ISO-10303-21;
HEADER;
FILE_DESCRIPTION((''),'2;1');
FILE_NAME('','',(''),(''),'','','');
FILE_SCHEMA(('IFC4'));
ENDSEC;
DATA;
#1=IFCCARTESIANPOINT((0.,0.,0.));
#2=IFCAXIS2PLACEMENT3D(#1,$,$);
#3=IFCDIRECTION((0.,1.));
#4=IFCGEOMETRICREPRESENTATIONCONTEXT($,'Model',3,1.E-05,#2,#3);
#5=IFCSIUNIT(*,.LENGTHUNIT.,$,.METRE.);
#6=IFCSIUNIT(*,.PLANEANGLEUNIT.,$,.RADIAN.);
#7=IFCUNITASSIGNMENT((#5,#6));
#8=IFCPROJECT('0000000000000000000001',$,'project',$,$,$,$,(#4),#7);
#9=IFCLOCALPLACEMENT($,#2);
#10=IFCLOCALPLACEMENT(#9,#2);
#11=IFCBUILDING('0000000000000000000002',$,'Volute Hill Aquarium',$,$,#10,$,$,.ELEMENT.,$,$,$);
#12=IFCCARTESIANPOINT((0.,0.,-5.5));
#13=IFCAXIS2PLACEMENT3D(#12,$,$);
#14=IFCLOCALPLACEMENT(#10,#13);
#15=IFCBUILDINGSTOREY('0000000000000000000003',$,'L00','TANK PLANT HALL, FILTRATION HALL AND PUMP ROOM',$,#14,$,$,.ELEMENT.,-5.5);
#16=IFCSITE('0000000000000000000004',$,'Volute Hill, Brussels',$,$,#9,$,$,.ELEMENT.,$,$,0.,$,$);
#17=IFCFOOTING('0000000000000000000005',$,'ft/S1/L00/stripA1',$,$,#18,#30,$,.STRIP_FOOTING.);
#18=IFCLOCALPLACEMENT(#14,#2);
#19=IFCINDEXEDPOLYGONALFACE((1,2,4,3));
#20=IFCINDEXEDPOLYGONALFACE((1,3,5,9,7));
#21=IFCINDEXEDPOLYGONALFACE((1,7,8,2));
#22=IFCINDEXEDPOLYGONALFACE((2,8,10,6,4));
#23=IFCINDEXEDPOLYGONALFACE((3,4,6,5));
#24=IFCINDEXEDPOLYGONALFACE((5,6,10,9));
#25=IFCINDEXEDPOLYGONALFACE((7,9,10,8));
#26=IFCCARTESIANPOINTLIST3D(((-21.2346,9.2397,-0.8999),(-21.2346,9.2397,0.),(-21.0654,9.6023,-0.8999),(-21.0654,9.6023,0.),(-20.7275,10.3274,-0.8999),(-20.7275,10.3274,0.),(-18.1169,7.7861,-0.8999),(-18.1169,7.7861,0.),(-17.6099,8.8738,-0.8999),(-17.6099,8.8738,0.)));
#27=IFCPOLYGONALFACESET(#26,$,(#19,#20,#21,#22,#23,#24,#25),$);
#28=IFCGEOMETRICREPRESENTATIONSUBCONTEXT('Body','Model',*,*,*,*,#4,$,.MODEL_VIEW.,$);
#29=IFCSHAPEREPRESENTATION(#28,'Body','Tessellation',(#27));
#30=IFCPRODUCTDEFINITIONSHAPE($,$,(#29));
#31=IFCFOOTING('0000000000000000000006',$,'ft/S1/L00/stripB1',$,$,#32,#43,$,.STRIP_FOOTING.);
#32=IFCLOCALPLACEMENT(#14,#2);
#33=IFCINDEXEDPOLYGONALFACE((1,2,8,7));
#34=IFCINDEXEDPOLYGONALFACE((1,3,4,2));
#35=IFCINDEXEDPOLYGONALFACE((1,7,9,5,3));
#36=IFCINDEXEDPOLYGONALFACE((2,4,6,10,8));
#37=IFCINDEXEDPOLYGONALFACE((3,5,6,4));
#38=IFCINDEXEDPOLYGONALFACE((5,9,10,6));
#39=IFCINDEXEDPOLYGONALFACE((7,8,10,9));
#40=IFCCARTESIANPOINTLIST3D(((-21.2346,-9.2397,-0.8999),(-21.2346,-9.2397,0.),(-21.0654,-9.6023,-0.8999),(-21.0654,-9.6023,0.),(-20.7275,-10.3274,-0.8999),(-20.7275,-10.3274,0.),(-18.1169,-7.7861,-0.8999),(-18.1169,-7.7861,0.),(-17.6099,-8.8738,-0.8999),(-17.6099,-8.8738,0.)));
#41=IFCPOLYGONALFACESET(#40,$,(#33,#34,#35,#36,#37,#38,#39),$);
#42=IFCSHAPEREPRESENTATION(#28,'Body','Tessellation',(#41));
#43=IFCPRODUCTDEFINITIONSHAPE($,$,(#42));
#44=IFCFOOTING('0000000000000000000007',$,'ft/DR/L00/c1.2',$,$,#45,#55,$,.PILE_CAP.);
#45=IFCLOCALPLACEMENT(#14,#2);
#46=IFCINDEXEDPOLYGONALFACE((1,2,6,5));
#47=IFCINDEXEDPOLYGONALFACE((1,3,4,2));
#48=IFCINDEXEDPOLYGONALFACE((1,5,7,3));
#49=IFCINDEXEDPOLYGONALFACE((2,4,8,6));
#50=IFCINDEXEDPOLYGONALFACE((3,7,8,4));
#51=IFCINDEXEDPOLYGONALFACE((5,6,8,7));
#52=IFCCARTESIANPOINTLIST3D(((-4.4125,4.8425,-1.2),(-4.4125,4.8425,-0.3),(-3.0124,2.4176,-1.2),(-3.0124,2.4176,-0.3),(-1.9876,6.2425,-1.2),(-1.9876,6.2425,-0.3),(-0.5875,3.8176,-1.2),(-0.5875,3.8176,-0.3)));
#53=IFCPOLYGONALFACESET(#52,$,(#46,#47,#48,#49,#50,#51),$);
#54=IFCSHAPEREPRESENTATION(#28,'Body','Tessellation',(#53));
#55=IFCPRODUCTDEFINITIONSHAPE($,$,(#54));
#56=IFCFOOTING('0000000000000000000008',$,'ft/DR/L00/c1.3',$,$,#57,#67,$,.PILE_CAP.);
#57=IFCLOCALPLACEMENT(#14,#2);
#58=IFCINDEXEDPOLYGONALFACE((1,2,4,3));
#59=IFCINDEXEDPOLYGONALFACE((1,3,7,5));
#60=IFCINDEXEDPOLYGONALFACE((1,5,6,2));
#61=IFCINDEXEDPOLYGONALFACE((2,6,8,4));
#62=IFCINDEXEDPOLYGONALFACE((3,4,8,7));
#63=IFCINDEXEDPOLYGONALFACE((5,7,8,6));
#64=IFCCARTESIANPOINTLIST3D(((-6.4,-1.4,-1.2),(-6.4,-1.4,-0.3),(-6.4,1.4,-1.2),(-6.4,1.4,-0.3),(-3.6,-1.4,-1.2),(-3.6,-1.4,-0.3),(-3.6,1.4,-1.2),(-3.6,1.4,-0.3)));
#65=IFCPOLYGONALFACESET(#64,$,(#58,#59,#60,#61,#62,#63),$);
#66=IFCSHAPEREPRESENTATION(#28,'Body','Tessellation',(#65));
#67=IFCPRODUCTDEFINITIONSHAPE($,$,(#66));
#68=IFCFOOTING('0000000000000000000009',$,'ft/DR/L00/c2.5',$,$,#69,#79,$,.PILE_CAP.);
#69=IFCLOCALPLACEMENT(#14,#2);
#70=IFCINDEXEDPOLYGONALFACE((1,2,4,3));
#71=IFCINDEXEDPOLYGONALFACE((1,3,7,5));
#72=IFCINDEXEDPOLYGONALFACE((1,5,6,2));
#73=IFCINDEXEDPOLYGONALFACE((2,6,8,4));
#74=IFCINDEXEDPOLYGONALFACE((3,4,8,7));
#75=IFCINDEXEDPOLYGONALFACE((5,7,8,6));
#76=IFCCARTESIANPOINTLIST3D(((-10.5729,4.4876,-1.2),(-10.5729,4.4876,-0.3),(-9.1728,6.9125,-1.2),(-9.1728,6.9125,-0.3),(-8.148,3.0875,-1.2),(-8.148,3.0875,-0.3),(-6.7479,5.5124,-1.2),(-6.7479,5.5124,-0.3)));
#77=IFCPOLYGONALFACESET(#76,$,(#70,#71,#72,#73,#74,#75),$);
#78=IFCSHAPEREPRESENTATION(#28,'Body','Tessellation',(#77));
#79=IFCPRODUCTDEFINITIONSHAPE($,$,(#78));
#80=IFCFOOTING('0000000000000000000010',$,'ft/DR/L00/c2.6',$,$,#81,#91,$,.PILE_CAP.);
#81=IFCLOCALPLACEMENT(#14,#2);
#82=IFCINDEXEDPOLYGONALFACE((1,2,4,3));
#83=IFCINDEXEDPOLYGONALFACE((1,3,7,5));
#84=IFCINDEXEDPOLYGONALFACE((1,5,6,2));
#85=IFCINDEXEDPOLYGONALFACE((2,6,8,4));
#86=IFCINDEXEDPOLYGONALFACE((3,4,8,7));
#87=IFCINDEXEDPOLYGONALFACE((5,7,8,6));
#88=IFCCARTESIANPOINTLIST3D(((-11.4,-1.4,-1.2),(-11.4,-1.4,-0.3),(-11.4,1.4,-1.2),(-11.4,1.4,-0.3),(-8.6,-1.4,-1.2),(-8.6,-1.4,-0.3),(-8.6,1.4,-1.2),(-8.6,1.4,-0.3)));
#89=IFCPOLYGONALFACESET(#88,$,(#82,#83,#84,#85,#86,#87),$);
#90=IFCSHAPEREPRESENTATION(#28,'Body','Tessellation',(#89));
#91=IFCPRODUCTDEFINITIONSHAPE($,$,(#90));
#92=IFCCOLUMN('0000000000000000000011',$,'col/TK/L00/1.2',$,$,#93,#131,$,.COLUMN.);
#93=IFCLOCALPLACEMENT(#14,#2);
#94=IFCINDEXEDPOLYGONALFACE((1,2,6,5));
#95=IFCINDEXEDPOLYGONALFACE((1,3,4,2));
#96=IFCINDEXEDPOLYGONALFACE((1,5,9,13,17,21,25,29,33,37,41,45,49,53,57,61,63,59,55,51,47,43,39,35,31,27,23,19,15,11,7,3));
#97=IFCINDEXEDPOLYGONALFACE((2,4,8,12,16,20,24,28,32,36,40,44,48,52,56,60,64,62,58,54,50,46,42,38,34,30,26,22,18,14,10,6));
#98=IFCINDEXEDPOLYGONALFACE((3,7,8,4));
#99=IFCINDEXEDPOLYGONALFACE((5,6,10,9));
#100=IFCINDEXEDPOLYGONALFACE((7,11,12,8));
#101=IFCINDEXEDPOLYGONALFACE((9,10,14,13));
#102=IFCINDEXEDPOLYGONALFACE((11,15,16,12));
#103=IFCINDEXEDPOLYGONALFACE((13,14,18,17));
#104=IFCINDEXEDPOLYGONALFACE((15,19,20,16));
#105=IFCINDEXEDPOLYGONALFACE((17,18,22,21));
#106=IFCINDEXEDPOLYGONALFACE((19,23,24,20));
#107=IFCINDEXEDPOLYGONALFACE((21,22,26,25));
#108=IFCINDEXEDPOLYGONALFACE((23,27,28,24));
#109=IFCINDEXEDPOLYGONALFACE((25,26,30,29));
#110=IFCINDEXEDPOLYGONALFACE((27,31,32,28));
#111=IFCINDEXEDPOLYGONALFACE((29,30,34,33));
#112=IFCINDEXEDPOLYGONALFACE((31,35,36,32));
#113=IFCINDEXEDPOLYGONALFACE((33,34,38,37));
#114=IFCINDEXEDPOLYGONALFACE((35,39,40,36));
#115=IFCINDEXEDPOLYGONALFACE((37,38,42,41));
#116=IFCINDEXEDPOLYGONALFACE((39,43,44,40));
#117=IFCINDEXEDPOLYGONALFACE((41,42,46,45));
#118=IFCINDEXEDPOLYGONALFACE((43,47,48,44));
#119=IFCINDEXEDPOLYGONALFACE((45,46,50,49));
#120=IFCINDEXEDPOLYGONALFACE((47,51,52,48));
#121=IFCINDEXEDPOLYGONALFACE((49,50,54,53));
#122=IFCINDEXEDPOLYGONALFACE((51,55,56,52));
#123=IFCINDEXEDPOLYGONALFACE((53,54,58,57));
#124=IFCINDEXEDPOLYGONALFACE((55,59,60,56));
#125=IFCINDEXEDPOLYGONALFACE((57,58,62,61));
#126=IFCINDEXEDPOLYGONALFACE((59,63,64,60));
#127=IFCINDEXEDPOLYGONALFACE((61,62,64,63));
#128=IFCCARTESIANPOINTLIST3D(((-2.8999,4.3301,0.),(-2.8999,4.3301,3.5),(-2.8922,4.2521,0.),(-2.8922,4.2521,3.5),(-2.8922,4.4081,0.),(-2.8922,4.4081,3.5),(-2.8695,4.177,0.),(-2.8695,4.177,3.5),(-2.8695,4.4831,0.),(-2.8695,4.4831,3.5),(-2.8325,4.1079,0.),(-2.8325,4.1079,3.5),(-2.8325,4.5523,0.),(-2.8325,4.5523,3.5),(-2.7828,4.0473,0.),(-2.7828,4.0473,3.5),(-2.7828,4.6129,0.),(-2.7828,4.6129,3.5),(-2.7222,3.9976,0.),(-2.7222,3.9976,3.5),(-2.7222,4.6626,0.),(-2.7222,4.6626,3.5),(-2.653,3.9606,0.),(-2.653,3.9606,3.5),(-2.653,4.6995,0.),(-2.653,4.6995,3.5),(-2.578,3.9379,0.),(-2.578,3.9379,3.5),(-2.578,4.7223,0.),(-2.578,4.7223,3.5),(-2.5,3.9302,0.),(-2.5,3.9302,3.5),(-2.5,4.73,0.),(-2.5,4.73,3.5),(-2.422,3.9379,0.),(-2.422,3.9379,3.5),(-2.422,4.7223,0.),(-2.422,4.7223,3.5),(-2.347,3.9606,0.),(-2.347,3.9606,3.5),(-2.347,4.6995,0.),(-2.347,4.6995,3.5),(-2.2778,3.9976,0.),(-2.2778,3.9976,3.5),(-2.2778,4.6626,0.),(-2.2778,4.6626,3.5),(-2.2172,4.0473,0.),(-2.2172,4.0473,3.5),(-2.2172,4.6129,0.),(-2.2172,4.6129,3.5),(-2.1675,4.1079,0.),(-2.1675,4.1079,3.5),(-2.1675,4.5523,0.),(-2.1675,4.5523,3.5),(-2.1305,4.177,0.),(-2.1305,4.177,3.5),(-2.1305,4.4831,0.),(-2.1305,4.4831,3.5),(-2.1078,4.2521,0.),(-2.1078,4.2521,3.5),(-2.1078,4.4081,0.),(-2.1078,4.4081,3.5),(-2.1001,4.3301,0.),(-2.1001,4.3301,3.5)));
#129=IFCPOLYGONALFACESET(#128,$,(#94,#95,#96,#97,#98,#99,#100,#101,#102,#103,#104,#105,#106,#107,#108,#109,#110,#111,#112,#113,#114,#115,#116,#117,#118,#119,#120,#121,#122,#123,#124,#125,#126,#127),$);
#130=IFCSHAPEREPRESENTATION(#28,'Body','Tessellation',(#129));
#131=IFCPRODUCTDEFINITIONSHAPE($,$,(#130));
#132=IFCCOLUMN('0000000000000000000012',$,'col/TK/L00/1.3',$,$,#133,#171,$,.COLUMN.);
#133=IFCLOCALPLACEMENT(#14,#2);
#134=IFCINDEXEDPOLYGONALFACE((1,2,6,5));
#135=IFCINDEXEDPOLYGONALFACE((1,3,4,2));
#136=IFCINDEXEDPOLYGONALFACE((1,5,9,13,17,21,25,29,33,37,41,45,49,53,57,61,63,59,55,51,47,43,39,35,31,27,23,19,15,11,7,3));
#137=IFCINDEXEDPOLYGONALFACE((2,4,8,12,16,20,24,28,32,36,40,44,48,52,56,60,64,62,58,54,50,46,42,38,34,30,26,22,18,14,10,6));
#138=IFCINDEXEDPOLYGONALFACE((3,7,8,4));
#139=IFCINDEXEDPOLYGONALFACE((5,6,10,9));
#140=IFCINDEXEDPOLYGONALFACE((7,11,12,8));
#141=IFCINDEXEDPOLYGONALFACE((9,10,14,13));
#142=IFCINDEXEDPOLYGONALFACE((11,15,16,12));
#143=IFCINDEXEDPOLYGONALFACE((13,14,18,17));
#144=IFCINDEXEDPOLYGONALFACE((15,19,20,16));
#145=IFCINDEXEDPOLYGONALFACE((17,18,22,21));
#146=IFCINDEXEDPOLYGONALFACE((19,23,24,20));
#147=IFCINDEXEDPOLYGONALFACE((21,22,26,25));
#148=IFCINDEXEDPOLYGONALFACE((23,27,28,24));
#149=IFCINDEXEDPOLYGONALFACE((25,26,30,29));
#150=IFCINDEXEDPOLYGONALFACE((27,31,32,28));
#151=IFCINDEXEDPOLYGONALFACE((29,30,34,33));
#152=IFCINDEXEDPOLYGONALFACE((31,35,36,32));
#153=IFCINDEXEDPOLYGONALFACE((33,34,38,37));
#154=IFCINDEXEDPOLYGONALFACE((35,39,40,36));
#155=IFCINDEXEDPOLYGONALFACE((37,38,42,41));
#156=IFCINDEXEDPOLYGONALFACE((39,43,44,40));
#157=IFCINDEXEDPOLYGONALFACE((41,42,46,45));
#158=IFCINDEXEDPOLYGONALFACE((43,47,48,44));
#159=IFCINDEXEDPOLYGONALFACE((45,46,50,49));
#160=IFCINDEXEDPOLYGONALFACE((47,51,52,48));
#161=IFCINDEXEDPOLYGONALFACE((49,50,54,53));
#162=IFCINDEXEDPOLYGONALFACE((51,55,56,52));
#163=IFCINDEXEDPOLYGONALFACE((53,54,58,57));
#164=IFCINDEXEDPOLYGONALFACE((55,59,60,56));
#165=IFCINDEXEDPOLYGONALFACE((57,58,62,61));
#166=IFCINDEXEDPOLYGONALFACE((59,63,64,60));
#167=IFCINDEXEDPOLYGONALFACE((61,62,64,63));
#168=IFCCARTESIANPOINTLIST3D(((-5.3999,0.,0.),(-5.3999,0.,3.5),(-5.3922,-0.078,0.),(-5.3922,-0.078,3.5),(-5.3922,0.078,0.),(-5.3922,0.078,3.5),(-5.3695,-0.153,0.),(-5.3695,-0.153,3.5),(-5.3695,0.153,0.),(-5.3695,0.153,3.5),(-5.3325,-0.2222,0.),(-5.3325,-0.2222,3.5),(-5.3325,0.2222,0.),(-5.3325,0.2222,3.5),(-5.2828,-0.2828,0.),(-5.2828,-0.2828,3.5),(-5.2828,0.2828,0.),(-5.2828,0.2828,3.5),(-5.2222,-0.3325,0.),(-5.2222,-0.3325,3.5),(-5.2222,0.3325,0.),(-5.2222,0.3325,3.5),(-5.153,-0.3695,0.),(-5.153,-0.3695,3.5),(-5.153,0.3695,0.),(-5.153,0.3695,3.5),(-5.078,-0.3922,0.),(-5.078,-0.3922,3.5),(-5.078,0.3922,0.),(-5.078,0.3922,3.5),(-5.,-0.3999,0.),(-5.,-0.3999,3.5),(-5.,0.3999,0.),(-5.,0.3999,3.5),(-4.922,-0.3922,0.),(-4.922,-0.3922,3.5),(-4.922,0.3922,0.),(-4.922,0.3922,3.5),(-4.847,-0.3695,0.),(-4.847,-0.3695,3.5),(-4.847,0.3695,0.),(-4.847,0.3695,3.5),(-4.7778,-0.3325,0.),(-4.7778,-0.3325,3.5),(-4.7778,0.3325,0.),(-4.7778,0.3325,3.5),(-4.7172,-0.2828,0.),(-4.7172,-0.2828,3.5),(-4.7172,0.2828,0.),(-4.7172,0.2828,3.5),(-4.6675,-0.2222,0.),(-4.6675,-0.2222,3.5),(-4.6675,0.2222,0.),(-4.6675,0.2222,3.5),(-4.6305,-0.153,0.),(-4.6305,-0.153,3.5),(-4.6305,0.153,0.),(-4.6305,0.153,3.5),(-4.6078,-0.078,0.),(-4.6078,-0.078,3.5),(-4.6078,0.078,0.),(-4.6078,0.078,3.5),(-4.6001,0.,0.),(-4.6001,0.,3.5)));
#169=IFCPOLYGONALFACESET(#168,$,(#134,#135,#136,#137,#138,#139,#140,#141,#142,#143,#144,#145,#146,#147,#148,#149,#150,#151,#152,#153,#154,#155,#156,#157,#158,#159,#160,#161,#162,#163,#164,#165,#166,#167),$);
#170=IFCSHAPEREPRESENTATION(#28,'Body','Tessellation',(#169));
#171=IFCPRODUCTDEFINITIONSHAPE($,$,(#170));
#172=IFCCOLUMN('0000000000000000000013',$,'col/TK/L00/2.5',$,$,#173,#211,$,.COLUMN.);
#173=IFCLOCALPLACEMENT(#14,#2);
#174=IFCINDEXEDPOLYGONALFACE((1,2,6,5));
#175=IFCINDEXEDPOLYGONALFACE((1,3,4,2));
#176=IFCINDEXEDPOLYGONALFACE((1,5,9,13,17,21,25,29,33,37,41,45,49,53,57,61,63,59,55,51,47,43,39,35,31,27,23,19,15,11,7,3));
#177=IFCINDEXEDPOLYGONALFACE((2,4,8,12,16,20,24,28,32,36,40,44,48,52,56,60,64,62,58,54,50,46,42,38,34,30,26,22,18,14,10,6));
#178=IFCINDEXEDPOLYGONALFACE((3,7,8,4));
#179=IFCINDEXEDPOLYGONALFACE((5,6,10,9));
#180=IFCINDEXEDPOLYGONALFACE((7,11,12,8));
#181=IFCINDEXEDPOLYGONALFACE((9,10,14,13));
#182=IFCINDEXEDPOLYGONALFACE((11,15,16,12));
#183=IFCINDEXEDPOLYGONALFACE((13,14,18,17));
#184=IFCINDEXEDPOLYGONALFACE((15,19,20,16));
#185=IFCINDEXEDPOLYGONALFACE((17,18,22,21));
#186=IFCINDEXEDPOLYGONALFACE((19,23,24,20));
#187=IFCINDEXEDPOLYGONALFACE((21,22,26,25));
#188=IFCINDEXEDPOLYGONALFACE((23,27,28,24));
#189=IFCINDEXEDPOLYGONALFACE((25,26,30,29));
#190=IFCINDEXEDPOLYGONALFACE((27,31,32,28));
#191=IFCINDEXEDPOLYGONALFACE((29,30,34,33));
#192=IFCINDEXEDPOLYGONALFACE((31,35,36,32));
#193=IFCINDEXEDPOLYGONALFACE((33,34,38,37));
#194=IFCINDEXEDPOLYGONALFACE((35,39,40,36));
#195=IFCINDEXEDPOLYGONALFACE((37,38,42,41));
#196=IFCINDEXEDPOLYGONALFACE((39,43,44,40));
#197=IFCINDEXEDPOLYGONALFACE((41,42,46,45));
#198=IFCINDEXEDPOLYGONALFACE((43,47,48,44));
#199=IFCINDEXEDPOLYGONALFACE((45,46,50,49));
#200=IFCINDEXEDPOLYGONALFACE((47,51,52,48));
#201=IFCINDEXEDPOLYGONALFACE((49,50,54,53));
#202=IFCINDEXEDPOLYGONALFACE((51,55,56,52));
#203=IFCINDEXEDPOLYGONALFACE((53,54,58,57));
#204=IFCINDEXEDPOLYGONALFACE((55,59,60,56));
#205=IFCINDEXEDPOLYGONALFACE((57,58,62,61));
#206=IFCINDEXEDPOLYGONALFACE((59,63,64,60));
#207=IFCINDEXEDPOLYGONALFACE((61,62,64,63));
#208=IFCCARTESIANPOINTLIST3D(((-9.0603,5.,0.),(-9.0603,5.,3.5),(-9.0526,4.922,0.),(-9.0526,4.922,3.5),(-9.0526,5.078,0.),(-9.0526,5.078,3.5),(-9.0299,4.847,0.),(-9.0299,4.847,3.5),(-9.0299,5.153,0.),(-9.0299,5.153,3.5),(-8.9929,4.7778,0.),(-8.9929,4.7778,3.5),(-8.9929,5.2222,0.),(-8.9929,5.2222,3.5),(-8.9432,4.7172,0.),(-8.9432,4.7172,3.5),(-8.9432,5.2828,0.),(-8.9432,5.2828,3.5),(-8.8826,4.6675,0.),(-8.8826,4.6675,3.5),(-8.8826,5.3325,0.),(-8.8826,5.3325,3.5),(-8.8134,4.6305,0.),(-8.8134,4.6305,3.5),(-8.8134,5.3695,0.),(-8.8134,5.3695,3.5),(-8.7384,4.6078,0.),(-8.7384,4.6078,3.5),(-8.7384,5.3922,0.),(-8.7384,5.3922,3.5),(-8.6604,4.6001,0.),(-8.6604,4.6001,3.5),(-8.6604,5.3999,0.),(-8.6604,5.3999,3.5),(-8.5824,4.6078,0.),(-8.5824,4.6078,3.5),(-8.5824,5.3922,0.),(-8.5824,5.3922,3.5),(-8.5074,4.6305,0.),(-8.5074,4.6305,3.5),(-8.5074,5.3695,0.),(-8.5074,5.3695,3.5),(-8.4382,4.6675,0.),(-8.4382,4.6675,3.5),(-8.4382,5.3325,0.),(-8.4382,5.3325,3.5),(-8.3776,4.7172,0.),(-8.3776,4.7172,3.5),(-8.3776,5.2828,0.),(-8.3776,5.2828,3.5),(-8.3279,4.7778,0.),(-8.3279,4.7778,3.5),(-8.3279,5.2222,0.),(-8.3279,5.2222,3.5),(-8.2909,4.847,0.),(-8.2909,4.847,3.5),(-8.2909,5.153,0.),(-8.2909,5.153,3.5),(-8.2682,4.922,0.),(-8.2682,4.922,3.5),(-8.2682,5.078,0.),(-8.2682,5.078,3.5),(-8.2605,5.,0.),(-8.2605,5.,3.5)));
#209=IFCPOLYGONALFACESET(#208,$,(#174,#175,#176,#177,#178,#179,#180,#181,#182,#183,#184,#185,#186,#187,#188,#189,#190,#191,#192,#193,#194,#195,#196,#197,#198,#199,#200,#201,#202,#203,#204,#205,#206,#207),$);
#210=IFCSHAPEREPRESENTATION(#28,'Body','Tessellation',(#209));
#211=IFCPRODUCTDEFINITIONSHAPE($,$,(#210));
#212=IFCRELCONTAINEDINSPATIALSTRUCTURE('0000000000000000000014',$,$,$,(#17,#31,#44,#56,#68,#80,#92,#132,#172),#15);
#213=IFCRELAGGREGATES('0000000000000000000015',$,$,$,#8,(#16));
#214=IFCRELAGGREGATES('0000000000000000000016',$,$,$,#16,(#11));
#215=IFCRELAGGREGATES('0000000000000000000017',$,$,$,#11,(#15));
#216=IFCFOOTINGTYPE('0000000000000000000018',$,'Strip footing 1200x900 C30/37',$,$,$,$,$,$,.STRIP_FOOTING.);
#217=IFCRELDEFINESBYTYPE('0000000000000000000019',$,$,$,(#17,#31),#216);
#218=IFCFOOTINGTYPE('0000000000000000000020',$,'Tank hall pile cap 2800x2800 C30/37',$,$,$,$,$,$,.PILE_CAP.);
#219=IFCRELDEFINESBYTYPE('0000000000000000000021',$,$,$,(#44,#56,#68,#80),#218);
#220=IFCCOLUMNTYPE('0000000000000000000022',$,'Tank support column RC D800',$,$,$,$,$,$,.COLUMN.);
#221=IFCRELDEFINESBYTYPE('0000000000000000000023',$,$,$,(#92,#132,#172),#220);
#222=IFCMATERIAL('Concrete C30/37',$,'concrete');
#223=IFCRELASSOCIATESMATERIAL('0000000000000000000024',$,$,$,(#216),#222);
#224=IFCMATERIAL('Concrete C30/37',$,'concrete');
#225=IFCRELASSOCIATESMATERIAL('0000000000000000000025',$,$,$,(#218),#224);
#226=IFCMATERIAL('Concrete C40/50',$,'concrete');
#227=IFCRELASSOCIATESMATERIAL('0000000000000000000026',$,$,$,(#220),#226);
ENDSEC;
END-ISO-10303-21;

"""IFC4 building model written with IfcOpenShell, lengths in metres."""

from ifc_helpers import new_model, si_unit, direction, frame, origin, origin_2d, place, context, subcontext, project, spatial, polyline, rectangle, circle, outline, extrude, material, material_profile, profile_set, type_object, element, save


model = new_model("IFC4")

# Units and contexts
model_context = context("Model", 3, precision=1e-05, world=origin(), true_north=direction((0.0, 1.0)))
body_context = subcontext(model_context, "Body", "Model", "MODEL_VIEW")
ifc_project = project(units=[si_unit("LENGTHUNIT", "METRE"), si_unit("PLANEANGLEUNIT", "RADIAN")], contexts=[model_context])

# Site, building, storey
site_placement = place(None, origin())
site = spatial("IfcSite", under=ifc_project, at=site_placement, Name="Volute Hill, Brussels", CompositionType="ELEMENT", RefElevation=0.0)
building_placement = place(site_placement, origin())
building = spatial("IfcBuilding", under=site, at=building_placement, Name="Volute Hill Aquarium", CompositionType="ELEMENT")
storey_placement = place(building_placement, frame((0.0, 0.0, -5.5)))
storey = spatial("IfcBuildingStorey", under=building, at=storey_placement, Name="L00", Description="TANK PLANT HALL, FILTRATION HALL AND PUMP ROOM", CompositionType="ELEMENT", Elevation=-5.5)

# Footings
ifc_material_1 = material(Name="Concrete C30/37", Category="concrete")
footing_type_1 = type_object("IfcFootingType", Name="Strip footing 1200x900 C30/37", PredefinedType="STRIP_FOOTING", material=ifc_material_1)
footing_1_placement = place(storey_placement, frame((0.0, 0.0, -0.8999)))
element("IfcFooting", 1, at=footing_1_placement, inside=storey, type_object=footing_type_1, Name="ft/S1/L00/stripA1", PredefinedType="STRIP_FOOTING", context=body_context, shape_type="SweptSolid", body=[
    extrude(outline(polyline([(-21.2346, 9.2397), (-21.0654, 9.6023), (-21.0654, 9.6023), (-20.7275, 10.3274), (-17.6099, 8.8738), (-18.1169, 7.7861), (-21.2346, 9.2397)])), origin(), (0.0, 0.0, 1.0), 0.8999),
])
footing_2_placement = place(storey_placement, frame((0.0, 0.0, -0.8999)))
element("IfcFooting", 2, at=footing_2_placement, inside=storey, type_object=footing_type_1, Name="ft/S1/L00/stripB1", PredefinedType="STRIP_FOOTING", context=body_context, shape_type="SweptSolid", body=[
    extrude(outline(polyline([(-20.7275, -10.3274), (-21.0654, -9.6023), (-21.0654, -9.6023), (-21.2346, -9.2397), (-18.1169, -7.7861), (-17.6099, -8.8738), (-20.7275, -10.3274)])), origin(), (0.0, 0.0, 1.0), 0.8999),
])
ifc_material_2 = material(Name="Concrete C30/37", Category="concrete")
footing_type_2 = type_object("IfcFootingType", Name="Tank hall pile cap 2800x2800 C30/37", PredefinedType="PILE_CAP", material=ifc_material_2)
for number, where, z_axis, x_axis, name in (
    (3, (-2.5, 4.3301, -1.2), (0.0, 0.0, 1.0), (-0.866025, -0.5, 0.0), "ft/DR/L00/c1.2"),
    (4, (-5.0, 0.0, -1.2), (0.0, 0.0, 1.0), (0.0, -1.0, 0.0), "ft/DR/L00/c1.3"),
    (5, (-8.6604, 5.0, -1.2), (0.0, 0.0, 1.0), (-0.5, -0.866025, 0.0), "ft/DR/L00/c2.5"),
    (6, (-10.0, 0.0, -1.2), (0.0, 0.0, 1.0), (0.0, -1.0, 0.0), "ft/DR/L00/c2.6"),
):
    element("IfcFooting", number, at=place(storey_placement, frame(where, z_axis=z_axis, x_axis=x_axis)), inside=storey, type_object=footing_type_2, Name=name, PredefinedType="PILE_CAP", context=body_context, shape_type="SweptSolid", body=[
        extrude(rectangle(XDim=2.8, YDim=2.8, at=origin_2d()), origin(), (0.0, 0.0, 1.0), 0.8999),
    ])

# Columns
ifc_material_3 = material(Name="Concrete C40/50", Category="concrete")
ifc_material_profile_1 = material_profile(ifc_material_3, circle(Radius=0.3999, at=origin_2d()), Name="RC round column D800")
ifc_profile_set_1 = profile_set([ifc_material_profile_1], Name="Concrete C40/50")
column_type = type_object("IfcColumnType", Name="Tank support column RC D800", PredefinedType="COLUMN", material=ifc_profile_set_1)
for number, where, z_axis, x_axis, name in (
    (7, (-2.5, 4.3301, 0.0), (0.0, 0.0, 1.0), (1.0, 0.0, 0.0), "col/TK/L00/1.2"),
    (8, (-5.0, 0.0, 0.0), (0.0, 0.0, 1.0), (1.0, 0.0, 0.0), "col/TK/L00/1.3"),
    (9, (-8.6604, 5.0, 0.0), (0.0, 0.0, 1.0), (1.0, 0.0, 0.0), "col/TK/L00/2.5"),
):
    element("IfcColumn", number, at=place(storey_placement, frame(where, z_axis=z_axis, x_axis=x_axis)), inside=storey, type_object=column_type, Name=name, PredefinedType="COLUMN", context=body_context, shape_type="SweptSolid", body=[
        extrude(circle(Radius=0.3999, at=origin_2d()), origin(), (0.0, 0.0, 1.0), 3.5),
    ])

save(model, "model.ifc")
